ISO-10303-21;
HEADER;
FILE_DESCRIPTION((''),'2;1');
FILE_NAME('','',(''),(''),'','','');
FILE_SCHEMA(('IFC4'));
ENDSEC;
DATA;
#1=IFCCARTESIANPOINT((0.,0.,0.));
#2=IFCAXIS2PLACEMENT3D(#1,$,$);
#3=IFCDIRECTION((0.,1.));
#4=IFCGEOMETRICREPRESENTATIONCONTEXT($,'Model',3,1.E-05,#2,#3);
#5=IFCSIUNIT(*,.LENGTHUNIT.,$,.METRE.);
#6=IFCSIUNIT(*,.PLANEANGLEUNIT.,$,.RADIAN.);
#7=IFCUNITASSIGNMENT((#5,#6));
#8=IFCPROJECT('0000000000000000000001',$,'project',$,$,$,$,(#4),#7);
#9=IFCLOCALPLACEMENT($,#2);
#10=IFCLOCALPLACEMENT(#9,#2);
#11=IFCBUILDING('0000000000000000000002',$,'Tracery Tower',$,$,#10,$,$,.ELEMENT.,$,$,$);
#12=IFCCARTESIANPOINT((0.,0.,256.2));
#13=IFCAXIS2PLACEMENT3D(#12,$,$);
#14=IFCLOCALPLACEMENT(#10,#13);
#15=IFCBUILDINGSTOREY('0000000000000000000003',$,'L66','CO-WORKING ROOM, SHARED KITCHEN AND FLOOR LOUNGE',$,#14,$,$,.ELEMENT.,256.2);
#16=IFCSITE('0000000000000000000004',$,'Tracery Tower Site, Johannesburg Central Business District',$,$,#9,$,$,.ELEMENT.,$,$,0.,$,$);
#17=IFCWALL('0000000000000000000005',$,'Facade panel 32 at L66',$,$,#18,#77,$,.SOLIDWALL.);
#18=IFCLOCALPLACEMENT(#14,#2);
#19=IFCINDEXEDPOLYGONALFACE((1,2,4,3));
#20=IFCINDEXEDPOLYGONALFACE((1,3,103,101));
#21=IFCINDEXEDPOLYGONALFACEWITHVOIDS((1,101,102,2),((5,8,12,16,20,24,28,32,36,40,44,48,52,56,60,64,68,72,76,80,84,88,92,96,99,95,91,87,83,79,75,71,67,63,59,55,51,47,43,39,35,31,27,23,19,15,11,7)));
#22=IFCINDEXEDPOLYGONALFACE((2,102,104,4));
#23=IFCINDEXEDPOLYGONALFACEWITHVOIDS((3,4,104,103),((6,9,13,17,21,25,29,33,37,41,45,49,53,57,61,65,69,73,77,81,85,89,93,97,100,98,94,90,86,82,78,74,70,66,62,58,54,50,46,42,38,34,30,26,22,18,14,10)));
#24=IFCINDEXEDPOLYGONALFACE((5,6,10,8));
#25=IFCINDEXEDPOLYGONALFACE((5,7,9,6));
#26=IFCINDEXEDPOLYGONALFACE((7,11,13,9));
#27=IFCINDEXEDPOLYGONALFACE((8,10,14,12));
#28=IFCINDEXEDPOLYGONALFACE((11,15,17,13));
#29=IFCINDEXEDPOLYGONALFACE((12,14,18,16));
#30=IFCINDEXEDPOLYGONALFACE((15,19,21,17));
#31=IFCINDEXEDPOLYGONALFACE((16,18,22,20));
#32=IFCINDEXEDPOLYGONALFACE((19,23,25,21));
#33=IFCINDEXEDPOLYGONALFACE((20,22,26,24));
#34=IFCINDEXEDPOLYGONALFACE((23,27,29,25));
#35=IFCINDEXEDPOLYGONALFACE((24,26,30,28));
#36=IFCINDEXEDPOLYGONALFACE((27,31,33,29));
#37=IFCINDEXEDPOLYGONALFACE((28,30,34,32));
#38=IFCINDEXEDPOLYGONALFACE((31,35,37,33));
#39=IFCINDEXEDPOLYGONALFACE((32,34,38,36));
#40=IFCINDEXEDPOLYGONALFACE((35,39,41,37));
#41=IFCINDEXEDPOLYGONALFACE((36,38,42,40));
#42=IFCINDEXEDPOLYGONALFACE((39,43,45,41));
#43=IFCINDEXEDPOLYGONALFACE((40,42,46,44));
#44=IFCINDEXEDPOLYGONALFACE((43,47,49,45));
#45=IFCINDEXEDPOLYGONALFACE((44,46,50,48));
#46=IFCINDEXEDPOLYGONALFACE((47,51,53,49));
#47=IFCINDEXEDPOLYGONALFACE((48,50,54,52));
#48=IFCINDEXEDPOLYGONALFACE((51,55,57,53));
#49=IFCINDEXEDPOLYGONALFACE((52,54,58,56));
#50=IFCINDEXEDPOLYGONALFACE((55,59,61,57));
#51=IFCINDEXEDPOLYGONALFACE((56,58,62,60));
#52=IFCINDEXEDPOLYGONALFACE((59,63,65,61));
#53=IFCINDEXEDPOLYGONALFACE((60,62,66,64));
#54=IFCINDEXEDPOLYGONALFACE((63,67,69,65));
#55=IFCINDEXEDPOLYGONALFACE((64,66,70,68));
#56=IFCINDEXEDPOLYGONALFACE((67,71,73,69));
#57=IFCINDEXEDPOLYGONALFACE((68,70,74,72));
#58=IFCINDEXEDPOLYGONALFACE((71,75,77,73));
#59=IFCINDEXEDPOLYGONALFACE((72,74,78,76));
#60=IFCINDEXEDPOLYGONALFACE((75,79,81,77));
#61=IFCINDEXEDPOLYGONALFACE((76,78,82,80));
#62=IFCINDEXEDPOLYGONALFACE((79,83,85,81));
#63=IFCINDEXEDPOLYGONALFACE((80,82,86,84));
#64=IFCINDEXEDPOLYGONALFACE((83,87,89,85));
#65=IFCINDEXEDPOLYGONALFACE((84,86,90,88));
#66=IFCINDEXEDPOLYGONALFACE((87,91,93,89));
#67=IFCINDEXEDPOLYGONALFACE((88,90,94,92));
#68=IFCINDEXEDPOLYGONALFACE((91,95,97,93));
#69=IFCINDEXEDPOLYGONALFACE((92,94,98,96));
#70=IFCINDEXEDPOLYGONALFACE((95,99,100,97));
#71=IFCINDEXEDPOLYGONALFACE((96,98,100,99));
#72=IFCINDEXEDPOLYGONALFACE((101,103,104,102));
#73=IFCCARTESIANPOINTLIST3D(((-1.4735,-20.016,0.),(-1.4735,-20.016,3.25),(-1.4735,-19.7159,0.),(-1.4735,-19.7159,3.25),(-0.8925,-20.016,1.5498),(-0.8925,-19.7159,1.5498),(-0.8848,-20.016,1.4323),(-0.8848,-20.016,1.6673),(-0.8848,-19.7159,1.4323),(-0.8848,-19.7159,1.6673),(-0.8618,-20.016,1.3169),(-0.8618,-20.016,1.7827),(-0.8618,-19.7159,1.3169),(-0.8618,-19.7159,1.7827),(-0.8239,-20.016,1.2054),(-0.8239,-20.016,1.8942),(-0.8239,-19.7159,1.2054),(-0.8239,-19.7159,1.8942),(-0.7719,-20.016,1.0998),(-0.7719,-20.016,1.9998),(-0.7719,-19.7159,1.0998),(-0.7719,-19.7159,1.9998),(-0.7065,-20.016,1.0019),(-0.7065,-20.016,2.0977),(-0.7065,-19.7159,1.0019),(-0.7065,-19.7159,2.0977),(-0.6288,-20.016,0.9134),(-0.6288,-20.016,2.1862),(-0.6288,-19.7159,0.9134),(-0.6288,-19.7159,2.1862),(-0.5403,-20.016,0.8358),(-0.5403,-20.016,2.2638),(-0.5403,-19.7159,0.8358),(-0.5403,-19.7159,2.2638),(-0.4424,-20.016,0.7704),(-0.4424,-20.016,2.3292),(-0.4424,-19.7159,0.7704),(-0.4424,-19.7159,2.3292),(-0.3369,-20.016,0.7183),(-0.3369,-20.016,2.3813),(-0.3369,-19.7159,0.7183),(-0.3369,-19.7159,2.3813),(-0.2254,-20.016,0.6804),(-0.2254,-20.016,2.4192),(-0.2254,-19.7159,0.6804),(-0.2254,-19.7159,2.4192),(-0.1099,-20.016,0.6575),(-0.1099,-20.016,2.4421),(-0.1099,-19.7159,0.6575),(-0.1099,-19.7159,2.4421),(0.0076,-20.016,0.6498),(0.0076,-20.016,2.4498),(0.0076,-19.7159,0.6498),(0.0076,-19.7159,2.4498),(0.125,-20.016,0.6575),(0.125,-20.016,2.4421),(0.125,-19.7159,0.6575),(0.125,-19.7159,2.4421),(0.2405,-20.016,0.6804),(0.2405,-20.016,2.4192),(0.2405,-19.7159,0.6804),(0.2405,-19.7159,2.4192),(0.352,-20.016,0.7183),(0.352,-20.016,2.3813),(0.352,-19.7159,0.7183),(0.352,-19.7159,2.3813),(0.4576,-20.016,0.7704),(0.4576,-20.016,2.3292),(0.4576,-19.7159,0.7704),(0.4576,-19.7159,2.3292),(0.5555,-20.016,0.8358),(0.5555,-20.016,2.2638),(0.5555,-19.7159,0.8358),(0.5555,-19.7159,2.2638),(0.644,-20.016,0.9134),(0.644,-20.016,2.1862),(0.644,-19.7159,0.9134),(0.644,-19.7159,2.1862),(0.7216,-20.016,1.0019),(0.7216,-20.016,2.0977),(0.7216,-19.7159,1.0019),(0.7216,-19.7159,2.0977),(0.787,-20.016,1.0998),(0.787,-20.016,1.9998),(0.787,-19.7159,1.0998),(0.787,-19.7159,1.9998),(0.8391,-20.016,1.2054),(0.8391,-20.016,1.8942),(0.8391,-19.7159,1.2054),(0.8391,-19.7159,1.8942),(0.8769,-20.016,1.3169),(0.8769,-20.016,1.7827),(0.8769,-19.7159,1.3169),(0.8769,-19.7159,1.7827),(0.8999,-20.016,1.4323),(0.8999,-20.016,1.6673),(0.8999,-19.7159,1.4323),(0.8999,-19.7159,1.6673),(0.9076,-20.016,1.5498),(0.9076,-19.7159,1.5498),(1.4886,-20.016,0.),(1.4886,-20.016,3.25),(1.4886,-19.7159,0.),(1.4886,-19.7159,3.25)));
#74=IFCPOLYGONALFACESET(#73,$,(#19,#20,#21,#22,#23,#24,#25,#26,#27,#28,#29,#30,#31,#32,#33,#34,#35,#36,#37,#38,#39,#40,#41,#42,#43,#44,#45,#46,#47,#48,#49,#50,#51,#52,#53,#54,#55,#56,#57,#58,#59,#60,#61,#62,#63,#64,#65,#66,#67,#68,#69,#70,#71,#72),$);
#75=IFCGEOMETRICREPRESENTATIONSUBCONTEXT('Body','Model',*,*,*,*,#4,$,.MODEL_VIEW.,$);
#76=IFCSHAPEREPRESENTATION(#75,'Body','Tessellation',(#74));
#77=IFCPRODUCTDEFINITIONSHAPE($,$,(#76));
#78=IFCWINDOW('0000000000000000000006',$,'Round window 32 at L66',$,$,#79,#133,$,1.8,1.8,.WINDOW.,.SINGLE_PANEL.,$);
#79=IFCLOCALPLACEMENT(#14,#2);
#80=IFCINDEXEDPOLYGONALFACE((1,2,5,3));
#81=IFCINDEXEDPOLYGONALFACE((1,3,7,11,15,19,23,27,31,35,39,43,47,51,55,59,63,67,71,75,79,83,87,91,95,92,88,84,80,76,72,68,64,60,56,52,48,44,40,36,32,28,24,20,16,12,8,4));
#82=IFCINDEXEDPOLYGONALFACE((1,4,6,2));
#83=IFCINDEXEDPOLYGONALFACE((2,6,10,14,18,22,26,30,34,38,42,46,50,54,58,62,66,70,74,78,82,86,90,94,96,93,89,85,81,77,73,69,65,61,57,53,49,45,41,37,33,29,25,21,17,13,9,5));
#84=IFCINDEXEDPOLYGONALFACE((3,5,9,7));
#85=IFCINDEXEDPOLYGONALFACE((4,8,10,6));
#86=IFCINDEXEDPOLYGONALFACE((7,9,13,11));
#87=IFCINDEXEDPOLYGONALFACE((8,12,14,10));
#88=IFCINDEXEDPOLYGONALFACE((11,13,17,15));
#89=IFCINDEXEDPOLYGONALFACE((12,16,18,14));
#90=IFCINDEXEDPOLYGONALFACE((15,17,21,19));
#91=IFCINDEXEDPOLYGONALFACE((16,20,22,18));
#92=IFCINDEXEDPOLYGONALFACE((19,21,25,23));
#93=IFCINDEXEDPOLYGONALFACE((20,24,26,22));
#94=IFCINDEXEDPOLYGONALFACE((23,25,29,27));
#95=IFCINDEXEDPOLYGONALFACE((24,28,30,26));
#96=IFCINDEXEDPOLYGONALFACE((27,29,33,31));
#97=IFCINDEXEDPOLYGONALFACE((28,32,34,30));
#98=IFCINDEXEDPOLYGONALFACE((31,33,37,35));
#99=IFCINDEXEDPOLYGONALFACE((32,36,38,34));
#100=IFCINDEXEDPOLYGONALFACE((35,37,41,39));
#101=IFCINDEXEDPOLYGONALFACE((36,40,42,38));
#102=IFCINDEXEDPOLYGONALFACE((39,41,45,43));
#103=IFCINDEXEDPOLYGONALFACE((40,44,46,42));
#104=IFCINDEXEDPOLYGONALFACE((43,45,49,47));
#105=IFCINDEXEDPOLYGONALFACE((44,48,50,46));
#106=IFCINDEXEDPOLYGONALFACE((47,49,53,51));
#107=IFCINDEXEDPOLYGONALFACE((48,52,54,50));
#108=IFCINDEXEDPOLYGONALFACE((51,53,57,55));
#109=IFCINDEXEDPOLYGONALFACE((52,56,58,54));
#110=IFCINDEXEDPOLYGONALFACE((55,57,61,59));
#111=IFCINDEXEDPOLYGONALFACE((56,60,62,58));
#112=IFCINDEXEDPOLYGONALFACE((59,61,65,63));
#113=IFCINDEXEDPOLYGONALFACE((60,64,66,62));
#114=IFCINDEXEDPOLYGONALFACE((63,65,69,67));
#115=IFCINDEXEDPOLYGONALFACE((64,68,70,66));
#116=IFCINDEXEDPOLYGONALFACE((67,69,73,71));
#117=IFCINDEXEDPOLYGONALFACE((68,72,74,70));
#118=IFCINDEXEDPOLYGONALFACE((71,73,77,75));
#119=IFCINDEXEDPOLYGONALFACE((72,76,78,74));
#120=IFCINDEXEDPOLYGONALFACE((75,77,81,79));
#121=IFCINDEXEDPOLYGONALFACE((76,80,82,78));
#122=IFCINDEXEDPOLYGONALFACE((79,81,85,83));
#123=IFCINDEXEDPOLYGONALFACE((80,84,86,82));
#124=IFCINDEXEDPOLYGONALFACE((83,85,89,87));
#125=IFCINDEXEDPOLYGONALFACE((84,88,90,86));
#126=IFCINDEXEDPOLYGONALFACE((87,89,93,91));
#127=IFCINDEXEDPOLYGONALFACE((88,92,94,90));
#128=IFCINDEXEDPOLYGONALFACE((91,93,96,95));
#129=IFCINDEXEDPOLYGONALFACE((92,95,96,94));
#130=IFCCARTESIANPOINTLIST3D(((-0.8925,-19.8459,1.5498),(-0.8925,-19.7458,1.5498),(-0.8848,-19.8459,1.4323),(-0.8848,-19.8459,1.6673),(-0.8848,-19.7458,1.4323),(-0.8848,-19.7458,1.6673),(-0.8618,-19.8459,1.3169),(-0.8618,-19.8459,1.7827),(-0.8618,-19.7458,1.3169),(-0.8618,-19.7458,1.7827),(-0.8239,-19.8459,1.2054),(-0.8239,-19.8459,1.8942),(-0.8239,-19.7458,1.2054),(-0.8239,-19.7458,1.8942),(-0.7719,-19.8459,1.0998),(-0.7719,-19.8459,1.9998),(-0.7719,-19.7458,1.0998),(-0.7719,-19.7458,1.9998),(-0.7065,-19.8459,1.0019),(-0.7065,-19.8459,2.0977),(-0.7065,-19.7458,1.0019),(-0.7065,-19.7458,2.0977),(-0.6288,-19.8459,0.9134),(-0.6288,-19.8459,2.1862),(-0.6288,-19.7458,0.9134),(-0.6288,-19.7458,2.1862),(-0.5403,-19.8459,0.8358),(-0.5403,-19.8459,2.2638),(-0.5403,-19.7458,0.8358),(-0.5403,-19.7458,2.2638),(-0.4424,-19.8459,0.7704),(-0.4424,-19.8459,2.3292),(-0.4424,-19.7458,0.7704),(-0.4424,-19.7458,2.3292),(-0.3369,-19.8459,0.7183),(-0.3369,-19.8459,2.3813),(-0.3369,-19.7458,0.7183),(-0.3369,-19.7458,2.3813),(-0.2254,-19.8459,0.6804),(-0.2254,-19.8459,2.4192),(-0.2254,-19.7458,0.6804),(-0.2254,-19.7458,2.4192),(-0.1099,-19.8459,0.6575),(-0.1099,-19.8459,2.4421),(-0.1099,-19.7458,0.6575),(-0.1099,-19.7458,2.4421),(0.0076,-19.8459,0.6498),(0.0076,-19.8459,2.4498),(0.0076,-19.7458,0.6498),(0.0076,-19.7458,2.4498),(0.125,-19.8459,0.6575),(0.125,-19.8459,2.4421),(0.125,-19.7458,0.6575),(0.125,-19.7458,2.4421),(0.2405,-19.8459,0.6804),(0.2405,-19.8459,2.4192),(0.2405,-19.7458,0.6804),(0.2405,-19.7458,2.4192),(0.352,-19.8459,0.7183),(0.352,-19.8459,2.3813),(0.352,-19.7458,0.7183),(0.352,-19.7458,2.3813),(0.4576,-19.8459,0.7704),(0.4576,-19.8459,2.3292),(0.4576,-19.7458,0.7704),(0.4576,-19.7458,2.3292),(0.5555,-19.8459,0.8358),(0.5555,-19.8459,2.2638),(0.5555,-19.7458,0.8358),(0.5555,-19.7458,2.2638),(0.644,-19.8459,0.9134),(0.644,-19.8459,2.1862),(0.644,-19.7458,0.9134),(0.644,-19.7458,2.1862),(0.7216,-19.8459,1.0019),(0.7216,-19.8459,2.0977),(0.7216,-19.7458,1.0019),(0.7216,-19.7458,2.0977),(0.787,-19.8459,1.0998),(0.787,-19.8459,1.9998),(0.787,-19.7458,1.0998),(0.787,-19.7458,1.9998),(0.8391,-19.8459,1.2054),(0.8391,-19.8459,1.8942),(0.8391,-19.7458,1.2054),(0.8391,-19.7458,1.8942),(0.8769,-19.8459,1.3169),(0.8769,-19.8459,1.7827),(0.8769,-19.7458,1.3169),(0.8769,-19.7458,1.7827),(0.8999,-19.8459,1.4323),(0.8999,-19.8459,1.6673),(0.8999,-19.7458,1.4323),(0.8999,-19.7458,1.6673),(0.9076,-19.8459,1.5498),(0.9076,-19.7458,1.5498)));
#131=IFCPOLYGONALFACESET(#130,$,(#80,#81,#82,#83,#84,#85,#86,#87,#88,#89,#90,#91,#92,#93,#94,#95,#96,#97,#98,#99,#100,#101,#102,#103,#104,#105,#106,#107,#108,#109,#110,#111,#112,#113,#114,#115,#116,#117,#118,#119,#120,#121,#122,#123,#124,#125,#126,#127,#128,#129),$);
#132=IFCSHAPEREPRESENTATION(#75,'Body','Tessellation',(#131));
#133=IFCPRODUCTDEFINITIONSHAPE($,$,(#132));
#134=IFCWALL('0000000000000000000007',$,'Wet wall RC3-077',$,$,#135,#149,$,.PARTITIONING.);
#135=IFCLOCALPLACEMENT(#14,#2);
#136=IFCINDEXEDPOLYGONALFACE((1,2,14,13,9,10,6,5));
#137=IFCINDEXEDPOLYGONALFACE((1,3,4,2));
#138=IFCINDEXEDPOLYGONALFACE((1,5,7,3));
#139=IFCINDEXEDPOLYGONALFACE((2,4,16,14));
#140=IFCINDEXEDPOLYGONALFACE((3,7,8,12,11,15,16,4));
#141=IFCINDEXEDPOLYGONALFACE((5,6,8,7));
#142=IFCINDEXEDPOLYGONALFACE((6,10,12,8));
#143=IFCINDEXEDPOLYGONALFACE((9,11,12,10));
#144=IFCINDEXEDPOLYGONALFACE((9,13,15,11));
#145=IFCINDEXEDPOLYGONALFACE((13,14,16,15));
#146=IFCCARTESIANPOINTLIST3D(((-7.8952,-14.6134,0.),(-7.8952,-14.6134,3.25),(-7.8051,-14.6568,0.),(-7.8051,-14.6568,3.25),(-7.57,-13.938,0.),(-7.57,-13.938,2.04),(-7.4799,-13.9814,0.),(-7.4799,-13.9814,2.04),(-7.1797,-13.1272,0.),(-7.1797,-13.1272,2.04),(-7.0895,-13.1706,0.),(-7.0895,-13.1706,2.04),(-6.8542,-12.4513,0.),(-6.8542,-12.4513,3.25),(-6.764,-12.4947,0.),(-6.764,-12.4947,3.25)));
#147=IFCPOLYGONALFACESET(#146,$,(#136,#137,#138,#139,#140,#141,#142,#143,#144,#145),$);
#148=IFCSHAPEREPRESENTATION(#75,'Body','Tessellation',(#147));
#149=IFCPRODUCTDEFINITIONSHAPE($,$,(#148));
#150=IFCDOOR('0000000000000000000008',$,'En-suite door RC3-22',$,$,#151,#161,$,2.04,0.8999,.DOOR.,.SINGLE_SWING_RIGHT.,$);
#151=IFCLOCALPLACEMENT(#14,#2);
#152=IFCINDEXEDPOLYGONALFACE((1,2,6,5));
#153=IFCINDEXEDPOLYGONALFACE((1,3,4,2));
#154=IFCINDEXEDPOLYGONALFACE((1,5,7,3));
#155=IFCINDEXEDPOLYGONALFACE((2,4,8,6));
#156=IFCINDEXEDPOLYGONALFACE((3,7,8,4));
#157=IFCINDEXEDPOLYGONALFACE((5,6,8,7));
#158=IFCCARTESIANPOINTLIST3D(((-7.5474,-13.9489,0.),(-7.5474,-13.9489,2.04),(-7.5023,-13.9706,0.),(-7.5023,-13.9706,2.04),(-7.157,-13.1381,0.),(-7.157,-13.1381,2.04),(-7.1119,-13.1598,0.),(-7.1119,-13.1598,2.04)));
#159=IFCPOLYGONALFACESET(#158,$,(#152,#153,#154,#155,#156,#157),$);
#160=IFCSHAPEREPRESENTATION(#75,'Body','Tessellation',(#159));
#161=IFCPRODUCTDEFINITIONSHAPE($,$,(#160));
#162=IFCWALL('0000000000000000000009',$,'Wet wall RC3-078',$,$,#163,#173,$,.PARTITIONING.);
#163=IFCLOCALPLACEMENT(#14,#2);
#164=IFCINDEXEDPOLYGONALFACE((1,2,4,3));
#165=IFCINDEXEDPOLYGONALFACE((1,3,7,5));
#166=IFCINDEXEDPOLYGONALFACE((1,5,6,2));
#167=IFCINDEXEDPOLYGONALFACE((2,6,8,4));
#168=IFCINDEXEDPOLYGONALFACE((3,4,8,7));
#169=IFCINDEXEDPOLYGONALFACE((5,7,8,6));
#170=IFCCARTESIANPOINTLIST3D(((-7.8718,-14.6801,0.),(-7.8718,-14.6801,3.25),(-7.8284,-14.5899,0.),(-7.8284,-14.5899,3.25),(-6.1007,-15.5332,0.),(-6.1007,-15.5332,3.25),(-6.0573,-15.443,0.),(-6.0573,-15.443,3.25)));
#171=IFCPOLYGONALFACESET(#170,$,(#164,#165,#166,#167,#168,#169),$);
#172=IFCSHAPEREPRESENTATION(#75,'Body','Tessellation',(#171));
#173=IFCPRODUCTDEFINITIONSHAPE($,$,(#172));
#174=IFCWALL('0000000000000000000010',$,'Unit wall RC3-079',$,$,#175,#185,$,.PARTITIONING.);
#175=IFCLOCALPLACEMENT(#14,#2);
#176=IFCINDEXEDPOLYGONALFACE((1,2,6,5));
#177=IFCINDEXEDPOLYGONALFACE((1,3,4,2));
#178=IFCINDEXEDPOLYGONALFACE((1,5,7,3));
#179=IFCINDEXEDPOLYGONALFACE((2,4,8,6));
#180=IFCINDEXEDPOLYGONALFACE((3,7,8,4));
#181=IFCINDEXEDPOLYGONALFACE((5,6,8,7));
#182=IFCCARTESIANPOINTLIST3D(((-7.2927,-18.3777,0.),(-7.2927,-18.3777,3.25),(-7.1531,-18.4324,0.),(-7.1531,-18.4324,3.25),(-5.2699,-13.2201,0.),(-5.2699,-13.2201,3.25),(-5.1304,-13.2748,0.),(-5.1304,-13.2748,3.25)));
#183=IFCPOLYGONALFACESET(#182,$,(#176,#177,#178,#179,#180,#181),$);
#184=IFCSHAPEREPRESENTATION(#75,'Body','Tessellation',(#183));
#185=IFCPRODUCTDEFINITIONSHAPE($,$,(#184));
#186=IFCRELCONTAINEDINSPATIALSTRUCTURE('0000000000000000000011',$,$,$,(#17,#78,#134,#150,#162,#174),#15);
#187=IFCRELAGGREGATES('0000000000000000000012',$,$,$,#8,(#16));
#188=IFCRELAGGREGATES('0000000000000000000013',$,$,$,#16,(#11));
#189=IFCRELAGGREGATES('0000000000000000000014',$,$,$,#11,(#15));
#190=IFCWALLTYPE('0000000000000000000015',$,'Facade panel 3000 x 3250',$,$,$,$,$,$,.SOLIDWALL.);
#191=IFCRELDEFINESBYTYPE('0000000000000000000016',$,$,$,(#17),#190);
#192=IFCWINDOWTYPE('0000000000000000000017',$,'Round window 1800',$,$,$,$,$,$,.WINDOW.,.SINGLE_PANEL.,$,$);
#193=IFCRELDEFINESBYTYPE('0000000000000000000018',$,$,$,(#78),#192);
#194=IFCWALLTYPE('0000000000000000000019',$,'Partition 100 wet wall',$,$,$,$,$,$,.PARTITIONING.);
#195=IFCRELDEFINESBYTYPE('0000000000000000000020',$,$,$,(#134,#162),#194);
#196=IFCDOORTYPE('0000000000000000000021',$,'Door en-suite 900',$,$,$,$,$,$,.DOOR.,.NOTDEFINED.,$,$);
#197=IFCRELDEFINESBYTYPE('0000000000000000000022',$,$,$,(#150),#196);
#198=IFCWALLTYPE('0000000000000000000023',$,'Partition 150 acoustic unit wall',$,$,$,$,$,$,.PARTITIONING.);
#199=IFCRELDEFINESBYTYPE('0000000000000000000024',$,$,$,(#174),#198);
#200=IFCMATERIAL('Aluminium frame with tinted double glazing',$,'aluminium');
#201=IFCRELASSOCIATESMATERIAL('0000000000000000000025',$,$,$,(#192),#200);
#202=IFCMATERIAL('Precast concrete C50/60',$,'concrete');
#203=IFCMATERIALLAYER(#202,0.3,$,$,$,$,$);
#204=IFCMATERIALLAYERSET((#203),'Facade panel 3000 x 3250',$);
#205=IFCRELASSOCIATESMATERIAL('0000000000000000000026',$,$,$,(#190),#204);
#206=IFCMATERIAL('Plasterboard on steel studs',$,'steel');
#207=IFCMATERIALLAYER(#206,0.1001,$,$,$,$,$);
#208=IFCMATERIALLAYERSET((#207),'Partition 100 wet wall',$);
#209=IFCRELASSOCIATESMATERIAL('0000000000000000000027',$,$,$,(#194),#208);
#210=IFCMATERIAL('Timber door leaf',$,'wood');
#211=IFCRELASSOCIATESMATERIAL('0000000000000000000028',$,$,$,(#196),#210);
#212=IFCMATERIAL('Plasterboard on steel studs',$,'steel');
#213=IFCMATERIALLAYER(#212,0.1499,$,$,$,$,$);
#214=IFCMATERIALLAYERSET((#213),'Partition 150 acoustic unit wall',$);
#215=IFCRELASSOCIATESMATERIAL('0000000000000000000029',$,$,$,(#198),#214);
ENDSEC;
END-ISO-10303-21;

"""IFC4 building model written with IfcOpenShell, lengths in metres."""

from ifc_helpers import new_model, si_unit, direction, frame, frame_2d, origin, origin_2d, place, context, subcontext, project, spatial, rectangle, circle, extrude, material, layer, layer_set, type_object, element, fill, save


model = new_model("IFC4")

# Units and contexts
model_context = context("Model", 3, precision=1e-05, world=origin(), true_north=direction((0.0, 1.0)))
body_context = subcontext(model_context, "Body", "Model", "MODEL_VIEW")
ifc_project = project(units=[si_unit("LENGTHUNIT", "METRE"), si_unit("PLANEANGLEUNIT", "RADIAN")], contexts=[model_context])

# Site, building, storey
site_placement = place(None, origin())
site = spatial("IfcSite", under=ifc_project, at=site_placement, Name="Tracery Tower Site, Johannesburg Central Business District", CompositionType="ELEMENT", RefElevation=0.0)
building_placement = place(site_placement, origin())
building = spatial("IfcBuilding", under=site, at=building_placement, Name="Tracery Tower", CompositionType="ELEMENT")
storey_placement = place(building_placement, frame((0.0, 0.0, 256.2)))
storey = spatial("IfcBuildingStorey", under=building, at=storey_placement, Name="L66", Description="CO-WORKING ROOM, SHARED KITCHEN AND FLOOR LOUNGE", CompositionType="ELEMENT", Elevation=256.2)

# Wall, opening, window
ifc_material_1 = material(Name="Aluminium frame with tinted double glazing", Category="aluminium")
window_type = type_object("IfcWindowType", Name="Round window 1800", PartitioningType="SINGLE_PANEL", PredefinedType="WINDOW", material=ifc_material_1)
ifc_material_2 = material(Name="Precast concrete C50/60", Category="concrete")
ifc_layer_1 = layer(ifc_material_2, 0.3)
ifc_layer_set_1 = layer_set([ifc_layer_1], Name="Facade panel 3000 x 3250")
wall_type_1 = type_object("IfcWallType", Name="Facade panel 3000 x 3250", PredefinedType="SOLIDWALL", material=ifc_layer_set_1)
wall_1_placement = place(storey_placement, frame((-1.4734, -19.866, 0.0), z_axis=(0.0, 0.0, 1.0), x_axis=(1.0, 0.0, 0.0)))
wall_1 = element("IfcWall", 1, at=wall_1_placement, inside=storey, type_object=wall_type_1, Name="Facade panel 32 at L66", PredefinedType="SOLIDWALL", context=body_context, shape_type="SweptSolid", body=[
    extrude(rectangle(XDim=2.9622, YDim=0.3, at=frame_2d((1.481, 0.0))), origin(), (0.0, 0.0, 1.0), 3.25),
])
opening_1_placement = place(wall_1_placement, frame((1.481, 0.0, 1.5498)))
opening_1 = element("IfcOpeningElement", 2, at=opening_1_placement, cuts=wall_1, PredefinedType="OPENING", context=body_context, shape_type="SweptSolid", body=[
    extrude(circle(Radius=0.9, at=origin_2d()), frame((0.0, 0.1599, 0.0), z_axis=(0.0, -1.0, 0.0), x_axis=(1.0, 0.0, 0.0)), (0.0, 0.0, 1.0), 0.3201),
])
window_1_placement = place(opening_1_placement, origin())
window_1 = element("IfcWindow", 3, at=window_1_placement, inside=storey, type_object=window_type, Name="Round window 32 at L66", OverallHeight=1.8, OverallWidth=1.8, PartitioningType="SINGLE_PANEL", PredefinedType="WINDOW", context=body_context, shape_type="SweptSolid", body=[
    extrude(circle(Radius=0.9, at=origin_2d()), frame((0.0, 0.1201, 0.0), z_axis=(0.0, -1.0, 0.0), x_axis=(1.0, 0.0, 0.0)), (0.0, 0.0, 1.0), 0.1001),
])
fill(opening_1, window_1)

# Wall, opening, door
ifc_material_3 = material(Name="Plasterboard on steel studs", Category="steel")
ifc_layer_2 = layer(ifc_material_3, 0.1001)
ifc_layer_set_2 = layer_set([ifc_layer_2], Name="Partition 100 wet wall")
wall_type_2 = type_object("IfcWallType", Name="Partition 100 wet wall", PredefinedType="PARTITIONING", material=ifc_layer_set_2)
wall_2_placement = place(storey_placement, frame((-7.8501, -14.635, 0.0), z_axis=(0.0, 0.0, 1.0), x_axis=(0.433816, 0.901002, 0.0)))
wall_2 = element("IfcWall", 4, at=wall_2_placement, inside=storey, type_object=wall_type_2, Name="Wet wall RC3-077", PredefinedType="PARTITIONING", context=body_context, shape_type="SweptSolid", body=[
    extrude(rectangle(XDim=2.3997, YDim=0.1001, at=frame_2d((1.1997, 0.0))), origin(), (0.0, 0.0, 1.0), 3.25),
])
opening_2_placement = place(wall_2_placement, frame((0.7495, 0.0, 0.0)))
opening_2 = element("IfcOpeningElement", 5, at=opening_2_placement, cuts=wall_2, PredefinedType="OPENING", context=body_context, shape_type="SweptSolid", body=[
    extrude(rectangle(XDim=0.8999, YDim=2.04, at=frame_2d((0.45, 1.02))), frame((0.0, 0.05, 0.0), z_axis=(0.0, -1.0, 0.0), x_axis=(1.0, 0.0, 0.0)), (0.0, 0.0, 1.0), 0.1001),
])
ifc_material_4 = material(Name="Timber door leaf", Category="wood")
door_type_1 = type_object("IfcDoorType", Name="Door en-suite 900", OperationType="NOTDEFINED", PredefinedType="DOOR", material=ifc_material_4)
door_1_placement = place(opening_2_placement, origin())
door_1 = element("IfcDoor", 6, at=door_1_placement, inside=storey, type_object=door_type_1, Name="En-suite door RC3-22", OperationType="SINGLE_SWING_RIGHT", OverallHeight=2.04, OverallWidth=0.8999, PredefinedType="DOOR", context=body_context, shape_type="SweptSolid", body=[
    extrude(rectangle(XDim=0.8999, YDim=2.04, at=frame_2d((0.45, 1.02))), frame((0.0, 0.0249, 0.0), z_axis=(0.0, -1.0, 0.0), x_axis=(1.0, 0.0, 0.0)), (0.0, 0.0, 1.0), 0.05),
])
fill(opening_2, door_1)

# Walls
wall_3_placement = place(storey_placement, frame((-7.8501, -14.635, 0.0), z_axis=(0.0, 0.0, 1.0), x_axis=(0.900937, -0.43395, 0.0)))
element("IfcWall", 7, at=wall_3_placement, inside=storey, type_object=wall_type_2, Name="Wet wall RC3-078", PredefinedType="PARTITIONING", context=body_context, shape_type="SweptSolid", body=[
    extrude(rectangle(XDim=1.9658, YDim=0.1001, at=frame_2d((0.9829, 0.0))), origin(), (0.0, 0.0, 1.0), 3.25),
])
ifc_material_5 = material(Name="Plasterboard on steel studs", Category="steel")
ifc_layer_3 = layer(ifc_material_5, 0.1499)
ifc_layer_set_3 = layer_set([ifc_layer_3], Name="Partition 150 acoustic unit wall")
wall_type_3 = type_object("IfcWallType", Name="Partition 150 acoustic unit wall", PredefinedType="PARTITIONING", material=ifc_layer_set_3)
wall_4_placement = place(storey_placement, frame((-7.2229, -18.405, 0.0), z_axis=(0.0, 0.0, 1.0), x_axis=(0.365114, 0.930963, 0.0)))
element("IfcWall", 8, at=wall_4_placement, inside=storey, type_object=wall_type_3, Name="Unit wall RC3-079", PredefinedType="PARTITIONING", context=body_context, shape_type="SweptSolid", body=[
    extrude(rectangle(XDim=5.54, YDim=0.1499, at=frame_2d((2.77, 0.0))), origin(), (0.0, 0.0, 1.0), 3.25),
])

save(model, "model.ifc")
